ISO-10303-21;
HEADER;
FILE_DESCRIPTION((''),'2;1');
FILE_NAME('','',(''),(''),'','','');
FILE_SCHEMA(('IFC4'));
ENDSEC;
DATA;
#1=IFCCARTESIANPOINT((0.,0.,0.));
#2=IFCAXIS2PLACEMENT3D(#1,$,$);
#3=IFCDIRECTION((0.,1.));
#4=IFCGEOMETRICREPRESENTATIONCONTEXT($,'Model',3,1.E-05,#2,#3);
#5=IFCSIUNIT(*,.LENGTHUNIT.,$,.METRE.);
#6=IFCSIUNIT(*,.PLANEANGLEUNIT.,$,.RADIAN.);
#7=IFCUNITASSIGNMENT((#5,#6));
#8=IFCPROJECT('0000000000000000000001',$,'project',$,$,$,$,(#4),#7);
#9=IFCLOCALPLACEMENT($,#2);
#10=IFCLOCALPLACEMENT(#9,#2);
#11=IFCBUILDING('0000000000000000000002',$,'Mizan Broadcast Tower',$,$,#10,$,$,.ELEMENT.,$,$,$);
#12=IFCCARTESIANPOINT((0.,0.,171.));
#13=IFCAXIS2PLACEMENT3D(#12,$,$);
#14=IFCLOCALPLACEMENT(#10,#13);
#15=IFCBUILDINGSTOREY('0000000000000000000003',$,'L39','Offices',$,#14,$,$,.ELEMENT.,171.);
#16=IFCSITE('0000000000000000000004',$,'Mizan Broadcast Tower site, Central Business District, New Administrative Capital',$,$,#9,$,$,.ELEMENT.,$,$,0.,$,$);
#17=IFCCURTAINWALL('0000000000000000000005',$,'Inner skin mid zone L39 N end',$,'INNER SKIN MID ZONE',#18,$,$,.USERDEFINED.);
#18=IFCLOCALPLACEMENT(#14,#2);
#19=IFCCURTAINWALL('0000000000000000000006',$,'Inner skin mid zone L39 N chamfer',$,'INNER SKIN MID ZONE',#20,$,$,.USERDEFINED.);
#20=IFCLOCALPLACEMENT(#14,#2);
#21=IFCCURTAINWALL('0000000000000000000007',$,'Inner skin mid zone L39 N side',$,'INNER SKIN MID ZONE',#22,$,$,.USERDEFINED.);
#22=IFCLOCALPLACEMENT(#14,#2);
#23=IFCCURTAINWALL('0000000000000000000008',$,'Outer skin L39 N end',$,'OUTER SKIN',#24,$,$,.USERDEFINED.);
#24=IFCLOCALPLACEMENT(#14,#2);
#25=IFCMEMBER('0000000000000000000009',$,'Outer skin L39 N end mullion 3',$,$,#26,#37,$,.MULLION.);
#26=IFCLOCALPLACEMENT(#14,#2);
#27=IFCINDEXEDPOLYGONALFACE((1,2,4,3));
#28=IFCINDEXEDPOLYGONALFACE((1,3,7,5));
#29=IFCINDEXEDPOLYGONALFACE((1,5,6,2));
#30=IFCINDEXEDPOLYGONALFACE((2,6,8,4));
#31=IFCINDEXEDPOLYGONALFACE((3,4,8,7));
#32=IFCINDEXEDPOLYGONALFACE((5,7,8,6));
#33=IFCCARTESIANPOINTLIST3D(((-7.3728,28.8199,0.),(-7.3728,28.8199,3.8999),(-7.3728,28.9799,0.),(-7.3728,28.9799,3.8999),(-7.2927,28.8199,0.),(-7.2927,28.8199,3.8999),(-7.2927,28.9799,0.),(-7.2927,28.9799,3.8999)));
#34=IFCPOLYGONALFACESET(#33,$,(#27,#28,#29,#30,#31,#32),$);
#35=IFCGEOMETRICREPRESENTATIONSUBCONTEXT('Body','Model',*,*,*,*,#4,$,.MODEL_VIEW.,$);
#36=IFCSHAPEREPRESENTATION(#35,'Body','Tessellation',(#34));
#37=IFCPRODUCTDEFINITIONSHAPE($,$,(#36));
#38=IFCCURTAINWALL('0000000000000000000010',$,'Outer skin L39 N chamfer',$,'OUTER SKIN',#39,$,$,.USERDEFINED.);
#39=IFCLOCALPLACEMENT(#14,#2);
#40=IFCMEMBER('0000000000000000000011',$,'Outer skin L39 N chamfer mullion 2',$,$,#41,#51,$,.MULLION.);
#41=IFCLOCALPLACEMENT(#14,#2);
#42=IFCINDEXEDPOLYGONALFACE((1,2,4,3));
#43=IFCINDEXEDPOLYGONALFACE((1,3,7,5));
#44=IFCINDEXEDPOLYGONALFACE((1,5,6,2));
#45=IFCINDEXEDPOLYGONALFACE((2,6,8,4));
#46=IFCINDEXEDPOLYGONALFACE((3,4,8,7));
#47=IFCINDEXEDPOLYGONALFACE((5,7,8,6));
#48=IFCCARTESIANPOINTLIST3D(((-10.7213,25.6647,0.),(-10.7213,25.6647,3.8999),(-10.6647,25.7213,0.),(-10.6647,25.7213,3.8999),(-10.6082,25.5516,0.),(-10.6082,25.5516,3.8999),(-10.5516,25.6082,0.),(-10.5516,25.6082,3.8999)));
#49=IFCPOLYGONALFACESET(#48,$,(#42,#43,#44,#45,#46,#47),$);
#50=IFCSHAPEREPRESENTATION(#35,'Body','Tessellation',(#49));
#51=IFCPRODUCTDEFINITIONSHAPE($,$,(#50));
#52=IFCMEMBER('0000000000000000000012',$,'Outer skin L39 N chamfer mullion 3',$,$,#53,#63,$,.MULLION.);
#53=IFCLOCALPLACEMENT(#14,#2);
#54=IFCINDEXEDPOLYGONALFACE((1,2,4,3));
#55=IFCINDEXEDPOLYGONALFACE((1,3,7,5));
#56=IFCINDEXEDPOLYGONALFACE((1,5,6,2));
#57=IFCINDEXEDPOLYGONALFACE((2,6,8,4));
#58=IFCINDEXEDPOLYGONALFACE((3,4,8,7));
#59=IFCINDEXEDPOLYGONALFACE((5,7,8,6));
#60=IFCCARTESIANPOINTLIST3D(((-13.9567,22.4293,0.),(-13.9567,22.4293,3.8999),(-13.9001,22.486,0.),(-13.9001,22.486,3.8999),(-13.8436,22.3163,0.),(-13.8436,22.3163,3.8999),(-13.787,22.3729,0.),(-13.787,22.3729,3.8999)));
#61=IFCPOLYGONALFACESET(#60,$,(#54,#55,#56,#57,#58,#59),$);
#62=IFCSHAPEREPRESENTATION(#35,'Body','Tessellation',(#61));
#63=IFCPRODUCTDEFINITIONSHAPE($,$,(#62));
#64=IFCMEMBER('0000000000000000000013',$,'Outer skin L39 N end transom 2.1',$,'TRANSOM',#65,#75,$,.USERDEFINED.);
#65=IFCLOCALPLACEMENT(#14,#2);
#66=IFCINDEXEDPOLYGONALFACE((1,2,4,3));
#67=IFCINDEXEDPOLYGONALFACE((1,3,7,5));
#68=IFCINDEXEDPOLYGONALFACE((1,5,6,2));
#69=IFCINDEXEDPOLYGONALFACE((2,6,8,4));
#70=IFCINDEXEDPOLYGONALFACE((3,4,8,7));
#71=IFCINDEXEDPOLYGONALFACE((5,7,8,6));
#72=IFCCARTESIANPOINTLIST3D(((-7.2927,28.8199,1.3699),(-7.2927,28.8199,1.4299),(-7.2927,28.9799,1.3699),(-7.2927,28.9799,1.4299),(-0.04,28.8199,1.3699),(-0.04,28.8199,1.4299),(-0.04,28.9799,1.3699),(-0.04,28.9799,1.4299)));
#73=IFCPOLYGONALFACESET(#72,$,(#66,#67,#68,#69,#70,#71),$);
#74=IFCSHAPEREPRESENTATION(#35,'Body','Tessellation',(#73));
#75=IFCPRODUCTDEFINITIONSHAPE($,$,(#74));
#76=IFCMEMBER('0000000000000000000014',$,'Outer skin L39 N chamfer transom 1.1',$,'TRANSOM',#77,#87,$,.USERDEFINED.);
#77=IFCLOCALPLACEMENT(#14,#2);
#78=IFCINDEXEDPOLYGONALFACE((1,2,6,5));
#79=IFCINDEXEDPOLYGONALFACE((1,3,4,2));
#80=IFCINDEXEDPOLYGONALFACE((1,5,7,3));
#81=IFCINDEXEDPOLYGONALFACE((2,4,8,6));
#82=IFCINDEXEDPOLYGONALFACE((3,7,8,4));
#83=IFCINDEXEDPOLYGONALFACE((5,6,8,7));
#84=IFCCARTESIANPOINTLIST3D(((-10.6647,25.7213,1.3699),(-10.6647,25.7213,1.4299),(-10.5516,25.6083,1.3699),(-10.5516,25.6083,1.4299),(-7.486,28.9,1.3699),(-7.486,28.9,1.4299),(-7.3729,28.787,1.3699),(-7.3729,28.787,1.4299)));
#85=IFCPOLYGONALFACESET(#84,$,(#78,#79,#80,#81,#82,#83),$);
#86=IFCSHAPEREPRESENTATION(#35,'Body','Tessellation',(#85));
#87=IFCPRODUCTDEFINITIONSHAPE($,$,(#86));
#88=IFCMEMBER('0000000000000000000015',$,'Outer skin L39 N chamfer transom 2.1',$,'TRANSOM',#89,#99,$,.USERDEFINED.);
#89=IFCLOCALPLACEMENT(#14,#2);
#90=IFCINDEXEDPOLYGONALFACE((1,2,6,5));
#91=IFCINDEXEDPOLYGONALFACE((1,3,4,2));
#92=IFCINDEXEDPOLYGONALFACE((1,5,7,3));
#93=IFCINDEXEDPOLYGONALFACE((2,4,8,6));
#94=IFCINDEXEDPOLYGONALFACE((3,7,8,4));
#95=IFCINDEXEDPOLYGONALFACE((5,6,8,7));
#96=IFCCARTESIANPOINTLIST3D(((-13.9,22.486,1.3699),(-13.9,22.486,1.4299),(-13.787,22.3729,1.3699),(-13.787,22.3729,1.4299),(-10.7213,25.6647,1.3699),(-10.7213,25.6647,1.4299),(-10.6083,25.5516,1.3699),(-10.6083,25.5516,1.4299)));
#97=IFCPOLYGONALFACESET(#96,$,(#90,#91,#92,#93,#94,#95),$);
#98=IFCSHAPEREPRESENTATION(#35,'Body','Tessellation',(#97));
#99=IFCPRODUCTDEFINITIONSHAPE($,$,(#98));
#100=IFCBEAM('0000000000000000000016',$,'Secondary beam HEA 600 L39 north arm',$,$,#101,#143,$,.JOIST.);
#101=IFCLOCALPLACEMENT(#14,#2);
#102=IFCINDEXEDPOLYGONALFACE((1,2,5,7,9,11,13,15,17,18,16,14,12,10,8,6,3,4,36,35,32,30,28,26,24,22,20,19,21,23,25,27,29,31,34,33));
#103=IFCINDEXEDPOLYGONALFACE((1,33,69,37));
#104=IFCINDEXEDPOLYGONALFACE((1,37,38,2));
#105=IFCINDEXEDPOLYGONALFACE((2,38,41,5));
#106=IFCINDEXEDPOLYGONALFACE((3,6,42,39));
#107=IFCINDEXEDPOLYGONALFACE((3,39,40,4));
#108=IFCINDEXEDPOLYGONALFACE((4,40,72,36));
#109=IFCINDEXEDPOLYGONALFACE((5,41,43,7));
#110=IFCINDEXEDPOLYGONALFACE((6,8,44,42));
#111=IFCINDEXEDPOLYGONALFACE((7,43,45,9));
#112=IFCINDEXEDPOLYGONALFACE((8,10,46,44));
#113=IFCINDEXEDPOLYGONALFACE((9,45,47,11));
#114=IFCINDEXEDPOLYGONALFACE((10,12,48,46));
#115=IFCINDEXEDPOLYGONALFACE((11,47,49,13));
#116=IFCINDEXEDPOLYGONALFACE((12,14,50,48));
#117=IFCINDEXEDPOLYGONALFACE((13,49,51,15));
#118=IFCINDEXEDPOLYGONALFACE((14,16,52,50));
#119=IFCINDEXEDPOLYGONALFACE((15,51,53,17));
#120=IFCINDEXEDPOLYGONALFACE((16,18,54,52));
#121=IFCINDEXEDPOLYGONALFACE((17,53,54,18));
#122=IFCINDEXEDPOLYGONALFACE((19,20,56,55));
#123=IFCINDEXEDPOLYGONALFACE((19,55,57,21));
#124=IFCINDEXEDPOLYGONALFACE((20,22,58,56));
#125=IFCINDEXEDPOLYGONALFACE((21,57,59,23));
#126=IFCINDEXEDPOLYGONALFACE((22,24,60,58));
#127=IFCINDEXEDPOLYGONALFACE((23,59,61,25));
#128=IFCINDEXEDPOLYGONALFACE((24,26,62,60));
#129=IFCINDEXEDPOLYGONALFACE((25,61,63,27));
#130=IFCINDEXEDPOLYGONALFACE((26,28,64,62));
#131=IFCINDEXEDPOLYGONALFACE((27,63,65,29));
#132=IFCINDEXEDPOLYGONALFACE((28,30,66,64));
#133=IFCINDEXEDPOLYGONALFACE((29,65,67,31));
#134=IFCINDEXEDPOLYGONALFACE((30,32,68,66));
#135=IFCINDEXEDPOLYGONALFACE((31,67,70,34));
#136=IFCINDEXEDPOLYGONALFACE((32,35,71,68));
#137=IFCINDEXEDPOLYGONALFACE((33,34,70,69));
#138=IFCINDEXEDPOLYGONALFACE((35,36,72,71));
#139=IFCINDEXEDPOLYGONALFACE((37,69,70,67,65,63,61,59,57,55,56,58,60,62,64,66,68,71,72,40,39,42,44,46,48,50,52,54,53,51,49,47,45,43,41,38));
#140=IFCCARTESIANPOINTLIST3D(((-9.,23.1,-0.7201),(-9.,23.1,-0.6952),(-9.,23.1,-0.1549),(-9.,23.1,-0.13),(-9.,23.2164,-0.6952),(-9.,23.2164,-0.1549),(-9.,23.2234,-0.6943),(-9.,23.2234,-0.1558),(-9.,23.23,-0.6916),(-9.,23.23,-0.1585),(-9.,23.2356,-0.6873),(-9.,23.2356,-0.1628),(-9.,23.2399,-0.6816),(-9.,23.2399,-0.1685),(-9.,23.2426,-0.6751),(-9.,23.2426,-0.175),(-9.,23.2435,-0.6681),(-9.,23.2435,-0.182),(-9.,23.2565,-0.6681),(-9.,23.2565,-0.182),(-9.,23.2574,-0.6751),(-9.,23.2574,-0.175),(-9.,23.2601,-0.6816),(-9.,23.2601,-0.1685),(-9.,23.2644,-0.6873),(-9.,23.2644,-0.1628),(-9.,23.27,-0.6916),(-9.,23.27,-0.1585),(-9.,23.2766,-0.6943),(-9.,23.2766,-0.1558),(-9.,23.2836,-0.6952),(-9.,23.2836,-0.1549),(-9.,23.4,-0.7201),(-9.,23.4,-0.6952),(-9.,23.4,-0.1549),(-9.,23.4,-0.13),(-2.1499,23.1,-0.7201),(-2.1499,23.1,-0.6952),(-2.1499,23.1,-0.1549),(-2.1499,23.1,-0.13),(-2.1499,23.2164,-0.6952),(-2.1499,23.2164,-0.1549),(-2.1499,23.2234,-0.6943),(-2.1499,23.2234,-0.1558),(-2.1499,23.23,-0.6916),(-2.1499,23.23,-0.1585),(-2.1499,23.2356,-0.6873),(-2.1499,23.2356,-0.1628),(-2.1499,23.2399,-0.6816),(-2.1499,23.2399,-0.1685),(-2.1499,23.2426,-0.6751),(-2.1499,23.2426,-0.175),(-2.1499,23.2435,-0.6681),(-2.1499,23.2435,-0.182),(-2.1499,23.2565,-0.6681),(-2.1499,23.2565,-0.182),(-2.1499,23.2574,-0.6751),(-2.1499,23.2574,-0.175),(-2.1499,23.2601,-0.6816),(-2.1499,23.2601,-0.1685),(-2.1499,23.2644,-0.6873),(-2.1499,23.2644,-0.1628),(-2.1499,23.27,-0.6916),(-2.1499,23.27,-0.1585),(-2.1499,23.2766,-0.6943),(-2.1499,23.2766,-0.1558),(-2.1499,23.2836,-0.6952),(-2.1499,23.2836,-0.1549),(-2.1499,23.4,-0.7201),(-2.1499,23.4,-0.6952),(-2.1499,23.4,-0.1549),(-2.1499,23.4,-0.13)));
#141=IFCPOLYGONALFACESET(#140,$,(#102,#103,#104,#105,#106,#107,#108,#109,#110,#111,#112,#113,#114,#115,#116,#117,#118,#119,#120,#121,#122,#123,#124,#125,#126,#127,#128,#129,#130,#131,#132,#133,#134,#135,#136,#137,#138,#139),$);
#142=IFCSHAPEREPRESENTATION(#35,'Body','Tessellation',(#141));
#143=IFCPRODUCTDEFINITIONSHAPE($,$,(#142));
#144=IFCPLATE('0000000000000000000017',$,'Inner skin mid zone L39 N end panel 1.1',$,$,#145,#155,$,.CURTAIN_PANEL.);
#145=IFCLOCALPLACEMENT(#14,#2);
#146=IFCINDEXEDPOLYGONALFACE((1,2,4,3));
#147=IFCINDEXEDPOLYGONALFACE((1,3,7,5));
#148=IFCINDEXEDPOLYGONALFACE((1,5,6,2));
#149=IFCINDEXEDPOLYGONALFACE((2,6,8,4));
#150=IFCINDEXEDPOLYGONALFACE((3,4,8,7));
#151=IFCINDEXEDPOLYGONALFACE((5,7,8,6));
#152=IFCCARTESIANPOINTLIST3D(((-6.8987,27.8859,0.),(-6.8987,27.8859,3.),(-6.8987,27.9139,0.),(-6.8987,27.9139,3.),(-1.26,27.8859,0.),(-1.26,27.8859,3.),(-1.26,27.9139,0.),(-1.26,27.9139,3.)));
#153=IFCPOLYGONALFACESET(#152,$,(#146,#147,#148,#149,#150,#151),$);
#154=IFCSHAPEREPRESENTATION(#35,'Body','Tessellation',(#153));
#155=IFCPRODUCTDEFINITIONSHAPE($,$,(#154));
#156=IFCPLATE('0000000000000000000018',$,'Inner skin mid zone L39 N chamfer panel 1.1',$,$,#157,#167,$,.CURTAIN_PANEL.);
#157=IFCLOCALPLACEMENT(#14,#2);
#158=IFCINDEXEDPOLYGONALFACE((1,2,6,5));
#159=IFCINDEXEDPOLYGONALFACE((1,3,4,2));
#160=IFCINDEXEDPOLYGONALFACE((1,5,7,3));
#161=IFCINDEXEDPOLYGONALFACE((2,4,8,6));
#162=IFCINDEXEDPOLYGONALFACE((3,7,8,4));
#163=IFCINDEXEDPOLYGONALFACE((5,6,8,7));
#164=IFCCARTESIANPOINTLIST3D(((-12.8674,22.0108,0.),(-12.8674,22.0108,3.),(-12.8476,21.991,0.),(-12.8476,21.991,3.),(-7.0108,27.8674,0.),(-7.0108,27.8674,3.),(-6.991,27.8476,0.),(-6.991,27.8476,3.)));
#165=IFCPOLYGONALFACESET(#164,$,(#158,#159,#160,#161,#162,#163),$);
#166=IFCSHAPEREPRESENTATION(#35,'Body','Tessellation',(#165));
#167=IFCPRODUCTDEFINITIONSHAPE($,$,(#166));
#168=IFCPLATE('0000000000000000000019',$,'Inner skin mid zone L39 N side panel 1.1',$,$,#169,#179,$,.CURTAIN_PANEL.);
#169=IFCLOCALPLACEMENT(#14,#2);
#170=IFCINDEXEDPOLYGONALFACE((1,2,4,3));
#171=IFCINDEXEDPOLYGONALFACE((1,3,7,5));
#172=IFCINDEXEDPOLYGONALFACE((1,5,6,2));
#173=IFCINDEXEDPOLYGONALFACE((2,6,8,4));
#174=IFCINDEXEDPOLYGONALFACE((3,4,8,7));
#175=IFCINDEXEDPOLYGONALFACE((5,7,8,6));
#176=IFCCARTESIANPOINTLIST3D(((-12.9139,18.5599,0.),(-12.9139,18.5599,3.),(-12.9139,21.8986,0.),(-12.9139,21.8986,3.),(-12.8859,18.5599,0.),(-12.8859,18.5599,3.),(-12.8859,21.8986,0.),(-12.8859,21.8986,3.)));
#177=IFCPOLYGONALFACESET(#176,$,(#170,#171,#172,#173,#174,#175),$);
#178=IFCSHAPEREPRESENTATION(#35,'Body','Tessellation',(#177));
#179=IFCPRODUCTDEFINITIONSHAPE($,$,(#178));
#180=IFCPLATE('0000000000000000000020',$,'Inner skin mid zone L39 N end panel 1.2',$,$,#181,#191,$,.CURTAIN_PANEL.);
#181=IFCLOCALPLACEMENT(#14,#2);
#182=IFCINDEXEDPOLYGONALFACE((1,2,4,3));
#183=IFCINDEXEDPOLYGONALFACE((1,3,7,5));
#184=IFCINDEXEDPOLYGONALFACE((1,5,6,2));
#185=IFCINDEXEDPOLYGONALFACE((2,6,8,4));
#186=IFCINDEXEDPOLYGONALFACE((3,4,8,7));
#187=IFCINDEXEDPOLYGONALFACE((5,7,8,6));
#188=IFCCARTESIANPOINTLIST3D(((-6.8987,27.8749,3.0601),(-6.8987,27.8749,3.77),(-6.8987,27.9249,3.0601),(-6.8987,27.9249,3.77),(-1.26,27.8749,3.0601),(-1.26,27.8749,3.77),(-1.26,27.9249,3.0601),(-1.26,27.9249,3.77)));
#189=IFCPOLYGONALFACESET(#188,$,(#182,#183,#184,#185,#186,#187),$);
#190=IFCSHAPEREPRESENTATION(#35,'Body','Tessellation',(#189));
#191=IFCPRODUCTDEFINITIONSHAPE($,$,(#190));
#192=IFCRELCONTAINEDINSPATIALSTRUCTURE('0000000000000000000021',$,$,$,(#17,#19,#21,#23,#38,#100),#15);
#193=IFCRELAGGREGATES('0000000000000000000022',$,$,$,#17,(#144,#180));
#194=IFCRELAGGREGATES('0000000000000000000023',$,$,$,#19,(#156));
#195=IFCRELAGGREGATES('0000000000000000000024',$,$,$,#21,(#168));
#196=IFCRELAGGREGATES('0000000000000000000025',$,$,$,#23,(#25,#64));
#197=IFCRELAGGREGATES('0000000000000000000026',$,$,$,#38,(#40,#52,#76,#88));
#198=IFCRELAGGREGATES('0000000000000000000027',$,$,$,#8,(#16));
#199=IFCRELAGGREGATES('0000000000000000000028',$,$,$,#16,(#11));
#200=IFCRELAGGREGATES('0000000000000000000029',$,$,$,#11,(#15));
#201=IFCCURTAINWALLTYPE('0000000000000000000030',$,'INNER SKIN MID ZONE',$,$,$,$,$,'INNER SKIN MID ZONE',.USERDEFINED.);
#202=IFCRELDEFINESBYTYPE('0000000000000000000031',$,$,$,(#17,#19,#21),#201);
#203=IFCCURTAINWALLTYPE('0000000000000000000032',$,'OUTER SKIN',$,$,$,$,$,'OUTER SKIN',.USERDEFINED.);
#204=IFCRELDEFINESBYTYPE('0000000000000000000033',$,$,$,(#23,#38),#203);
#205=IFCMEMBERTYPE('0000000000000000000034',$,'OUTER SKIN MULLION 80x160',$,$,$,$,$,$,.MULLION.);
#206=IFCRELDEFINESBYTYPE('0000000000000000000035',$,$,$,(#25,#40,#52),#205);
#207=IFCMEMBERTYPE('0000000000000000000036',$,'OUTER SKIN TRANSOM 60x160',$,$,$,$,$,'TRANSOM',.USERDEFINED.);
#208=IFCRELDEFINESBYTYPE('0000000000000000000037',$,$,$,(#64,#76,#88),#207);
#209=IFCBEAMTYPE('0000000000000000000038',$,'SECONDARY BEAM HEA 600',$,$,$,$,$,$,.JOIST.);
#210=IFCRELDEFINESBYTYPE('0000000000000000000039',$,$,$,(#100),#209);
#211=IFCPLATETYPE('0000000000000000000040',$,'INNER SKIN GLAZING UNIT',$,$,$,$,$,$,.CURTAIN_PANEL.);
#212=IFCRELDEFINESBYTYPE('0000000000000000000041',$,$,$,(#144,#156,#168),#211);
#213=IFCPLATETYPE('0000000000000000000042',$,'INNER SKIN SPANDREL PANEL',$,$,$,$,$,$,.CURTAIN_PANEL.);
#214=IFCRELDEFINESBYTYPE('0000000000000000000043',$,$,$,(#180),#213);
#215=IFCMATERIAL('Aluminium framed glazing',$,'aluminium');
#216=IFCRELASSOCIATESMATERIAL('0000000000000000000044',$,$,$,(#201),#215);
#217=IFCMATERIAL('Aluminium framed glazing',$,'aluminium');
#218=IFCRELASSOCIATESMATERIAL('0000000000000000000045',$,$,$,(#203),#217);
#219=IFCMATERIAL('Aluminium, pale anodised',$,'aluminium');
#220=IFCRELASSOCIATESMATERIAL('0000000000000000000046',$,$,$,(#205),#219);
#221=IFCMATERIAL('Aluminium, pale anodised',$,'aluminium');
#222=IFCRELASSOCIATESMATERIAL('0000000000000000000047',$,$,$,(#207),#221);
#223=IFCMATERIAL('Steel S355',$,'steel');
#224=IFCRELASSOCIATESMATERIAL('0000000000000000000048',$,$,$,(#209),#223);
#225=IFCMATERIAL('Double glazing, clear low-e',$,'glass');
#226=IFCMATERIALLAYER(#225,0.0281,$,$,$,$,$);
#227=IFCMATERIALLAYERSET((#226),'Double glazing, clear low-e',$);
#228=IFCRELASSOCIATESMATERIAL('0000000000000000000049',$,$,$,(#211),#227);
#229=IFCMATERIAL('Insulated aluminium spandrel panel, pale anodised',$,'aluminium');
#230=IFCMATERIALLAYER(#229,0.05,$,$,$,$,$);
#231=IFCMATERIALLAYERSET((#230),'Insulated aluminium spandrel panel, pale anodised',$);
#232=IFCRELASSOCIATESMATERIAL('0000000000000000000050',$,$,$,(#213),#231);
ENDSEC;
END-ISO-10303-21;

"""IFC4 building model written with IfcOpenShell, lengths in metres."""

from ifc_helpers import new_model, si_unit, direction, frame, origin, origin_2d, place, context, subcontext, project, spatial, rectangle, i_section, extrude, material, layer, layer_set, material_profile, profile_set, type_object, element, aggregate, save


model = new_model("IFC4")

# Units and contexts
model_context = context("Model", 3, precision=1e-05, world=origin(), true_north=direction((0.0, 1.0)))
body_context = subcontext(model_context, "Body", "Model", "MODEL_VIEW")
ifc_project = project(units=[si_unit("LENGTHUNIT", "METRE"), si_unit("PLANEANGLEUNIT", "RADIAN")], contexts=[model_context])

# Site, building, storey
site_placement = place(None, origin())
site = spatial("IfcSite", under=ifc_project, at=site_placement, Name="Mizan Broadcast Tower site, Central Business District, New Administrative Capital", CompositionType="ELEMENT", RefElevation=0.0)
building_placement = place(site_placement, origin())
building = spatial("IfcBuilding", under=site, at=building_placement, Name="Mizan Broadcast Tower", CompositionType="ELEMENT")
storey_placement = place(building_placement, frame((0.0, 0.0, 171.0)))
storey = spatial("IfcBuildingStorey", under=building, at=storey_placement, Name="L39", Description="Offices", CompositionType="ELEMENT", Elevation=171.0)

# Curtain wall
ifc_material_1 = material(Name="Aluminium framed glazing", Category="aluminium")
curtain_wall_type_1 = type_object("IfcCurtainWallType", Name="INNER SKIN MID ZONE", ElementType="INNER SKIN MID ZONE", PredefinedType="USERDEFINED", material=ifc_material_1)
curtain_wall_1_placement = place(storey_placement, origin())
curtain_wall_1 = element("IfcCurtainWall", 1, at=curtain_wall_1_placement, inside=storey, type_object=curtain_wall_type_1, Name="Inner skin mid zone L39 N end", ObjectType="INNER SKIN MID ZONE", PredefinedType="USERDEFINED")

# Curtain wall
curtain_wall_2_placement = place(storey_placement, origin())
curtain_wall_2 = element("IfcCurtainWall", 2, at=curtain_wall_2_placement, inside=storey, type_object=curtain_wall_type_1, Name="Inner skin mid zone L39 N chamfer", ObjectType="INNER SKIN MID ZONE", PredefinedType="USERDEFINED")

# Curtain walls, member
curtain_wall_3_placement = place(storey_placement, origin())
curtain_wall_3 = element("IfcCurtainWall", 3, at=curtain_wall_3_placement, inside=storey, type_object=curtain_wall_type_1, Name="Inner skin mid zone L39 N side", ObjectType="INNER SKIN MID ZONE", PredefinedType="USERDEFINED")
ifc_material_2 = material(Name="Aluminium framed glazing", Category="aluminium")
curtain_wall_type_2 = type_object("IfcCurtainWallType", Name="OUTER SKIN", ElementType="OUTER SKIN", PredefinedType="USERDEFINED", material=ifc_material_2)
curtain_wall_4_placement = place(storey_placement, origin())
curtain_wall_4 = element("IfcCurtainWall", 4, at=curtain_wall_4_placement, inside=storey, type_object=curtain_wall_type_2, Name="Outer skin L39 N end", ObjectType="OUTER SKIN", PredefinedType="USERDEFINED")
ifc_material_3 = material(Name="Aluminium, pale anodised", Category="aluminium")
ifc_material_profile_1 = material_profile(ifc_material_3, rectangle(XDim=0.1599, YDim=0.0801, at=origin_2d()), Name="MULLION 160x80")
ifc_profile_set_1 = profile_set([ifc_material_profile_1], Name="Aluminium, pale anodised")
member_type_1 = type_object("IfcMemberType", Name="OUTER SKIN MULLION 80x160", PredefinedType="MULLION", material=ifc_profile_set_1)
member_1_placement = place(storey_placement, frame((-7.3328, 28.8999, 0.0), z_axis=(0.0, 0.0, 1.0), x_axis=(0.0, -1.0, 0.0)))
member_1 = element("IfcMember", 5, at=member_1_placement, type_object=member_type_1, Name="Outer skin L39 N end mullion 3", PredefinedType="MULLION", context=body_context, shape_type="SweptSolid", body=[
    extrude(rectangle(XDim=0.1599, YDim=0.0801, at=origin_2d()), origin(), (0.0, 0.0, 1.0), 3.8999),
])

# Curtain wall, members
curtain_wall_5_placement = place(storey_placement, origin())
curtain_wall_5 = element("IfcCurtainWall", 6, at=curtain_wall_5_placement, inside=storey, type_object=curtain_wall_type_2, Name="Outer skin L39 N chamfer", ObjectType="OUTER SKIN", PredefinedType="USERDEFINED")
member_2_placement = place(storey_placement, frame((-10.6365, 25.6365, 0.0), z_axis=(0.0, 0.0, 1.0), x_axis=(0.707107, -0.707107, 0.0)))
member_2 = element("IfcMember", 7, at=member_2_placement, type_object=member_type_1, Name="Outer skin L39 N chamfer mullion 2", PredefinedType="MULLION", context=body_context, shape_type="SweptSolid", body=[
    extrude(rectangle(XDim=0.1599, YDim=0.0801, at=origin_2d()), origin(), (0.0, 0.0, 1.0), 3.8999),
])
member_3_placement = place(storey_placement, frame((-13.8718, 22.4011, 0.0), z_axis=(0.0, 0.0, 1.0), x_axis=(0.707107, -0.707107, 0.0)))
member_3 = element("IfcMember", 8, at=member_3_placement, type_object=member_type_1, Name="Outer skin L39 N chamfer mullion 3", PredefinedType="MULLION", context=body_context, shape_type="SweptSolid", body=[
    extrude(rectangle(XDim=0.1599, YDim=0.0801, at=origin_2d()), origin(), (0.0, 0.0, 1.0), 3.8999),
])

# Members
ifc_material_4 = material(Name="Aluminium, pale anodised", Category="aluminium")
ifc_material_profile_2 = material_profile(ifc_material_4, rectangle(XDim=0.1599, YDim=0.0601, at=origin_2d()), Name="TRANSOM 160x60")
ifc_profile_set_2 = profile_set([ifc_material_profile_2], Name="Aluminium, pale anodised")
member_type_2 = type_object("IfcMemberType", Name="OUTER SKIN TRANSOM 60x160", ElementType="TRANSOM", PredefinedType="USERDEFINED", material=ifc_profile_set_2)
member_4_placement = place(storey_placement, frame((-0.04, 28.8999, 1.3999), z_axis=(-1.0, 0.0, 0.0), x_axis=(0.0, -1.0, 0.0)))
member_4 = element("IfcMember", 9, at=member_4_placement, type_object=member_type_2, Name="Outer skin L39 N end transom 2.1", ObjectType="TRANSOM", PredefinedType="USERDEFINED", context=body_context, shape_type="SweptSolid", body=[
    extrude(rectangle(XDim=0.1599, YDim=0.0601, at=origin_2d()), origin(), (0.0, 0.0, 1.0), 7.2527),
])
member_5_placement = place(storey_placement, frame((-7.4294, 28.8435, 1.3999), z_axis=(-0.707107, -0.707107, 0.0), x_axis=(0.707107, -0.707107, 0.0)))
member_5 = element("IfcMember", 10, at=member_5_placement, type_object=member_type_2, Name="Outer skin L39 N chamfer transom 1.1", ObjectType="TRANSOM", PredefinedType="USERDEFINED", context=body_context, shape_type="SweptSolid", body=[
    extrude(rectangle(XDim=0.1599, YDim=0.0601, at=origin_2d()), origin(), (0.0, 0.0, 1.0), 4.4954),
])
member_6_placement = place(storey_placement, frame((-10.6648, 25.6082, 1.3999), z_axis=(-0.707107, -0.707107, 0.0), x_axis=(0.707107, -0.707107, 0.0)))
member_6 = element("IfcMember", 11, at=member_6_placement, type_object=member_type_2, Name="Outer skin L39 N chamfer transom 2.1", ObjectType="TRANSOM", PredefinedType="USERDEFINED", context=body_context, shape_type="SweptSolid", body=[
    extrude(rectangle(XDim=0.1599, YDim=0.0601, at=origin_2d()), origin(), (0.0, 0.0, 1.0), 4.4954),
])

# Beam
ifc_material_5 = material(Name="Steel S355", Category="steel")
ifc_material_profile_3 = material_profile(ifc_material_5, i_section(OverallWidth=0.3, OverallDepth=0.5901, WebThickness=0.0129, FlangeThickness=0.0249, FilletRadius=0.0271, at=origin_2d()), Name="HEA 600")
ifc_profile_set_3 = profile_set([ifc_material_profile_3], Name="Steel S355")
beam_type_1 = type_object("IfcBeamType", Name="SECONDARY BEAM HEA 600", PredefinedType="JOIST", material=ifc_profile_set_3)
beam_1_placement = place(storey_placement, frame((-9.0, 23.25, -0.425), z_axis=(1.0, 0.0, 0.0), x_axis=(0.0, 1.0, 0.0)))
element("IfcBeam", 12, at=beam_1_placement, inside=storey, type_object=beam_type_1, Name="Secondary beam HEA 600 L39 north arm", PredefinedType="JOIST", context=body_context, shape_type="SweptSolid", body=[
    extrude(i_section(OverallWidth=0.3, OverallDepth=0.5901, WebThickness=0.0129, FlangeThickness=0.0249, FilletRadius=0.0271, at=origin_2d()), origin(), (0.0, 0.0, 1.0), 6.8501),
])

# Plates
ifc_material_6 = material(Name="Double glazing, clear low-e", Category="glass")
ifc_layer_1 = layer(ifc_material_6, 0.0281)
ifc_layer_set_1 = layer_set([ifc_layer_1], Name="Double glazing, clear low-e")
plate_type_1 = type_object("IfcPlateType", Name="INNER SKIN GLAZING UNIT", PredefinedType="CURTAIN_PANEL", material=ifc_layer_set_1)
plate_1_placement = place(storey_placement, frame((-4.0793, 27.8999, 0.0), z_axis=(0.0, 0.0, 1.0), x_axis=(-1.0, 0.0, 0.0)))
plate_1 = element("IfcPlate", 13, at=plate_1_placement, type_object=plate_type_1, Name="Inner skin mid zone L39 N end panel 1.1", PredefinedType="CURTAIN_PANEL", context=body_context, shape_type="SweptSolid", body=[
    extrude(rectangle(XDim=5.6387, YDim=0.0281, at=origin_2d()), origin(), (0.0, 0.0, 1.0), 3.0),
])
plate_2_placement = place(storey_placement, frame((-9.9292, 24.9292, 0.0), z_axis=(0.0, 0.0, 1.0), x_axis=(-0.707107, -0.707107, 0.0)))
plate_2 = element("IfcPlate", 14, at=plate_2_placement, type_object=plate_type_1, Name="Inner skin mid zone L39 N chamfer panel 1.1", PredefinedType="CURTAIN_PANEL", context=body_context, shape_type="SweptSolid", body=[
    extrude(rectangle(XDim=8.2825, YDim=0.0281, at=origin_2d()), origin(), (0.0, 0.0, 1.0), 3.0),
])
plate_3_placement = place(storey_placement, frame((-12.8999, 20.2292, 0.0), z_axis=(0.0, 0.0, 1.0), x_axis=(0.0, -1.0, 0.0)))
plate_3 = element("IfcPlate", 15, at=plate_3_placement, type_object=plate_type_1, Name="Inner skin mid zone L39 N side panel 1.1", PredefinedType="CURTAIN_PANEL", context=body_context, shape_type="SweptSolid", body=[
    extrude(rectangle(XDim=3.3386, YDim=0.0281, at=origin_2d()), origin(), (0.0, 0.0, 1.0), 3.0),
])
ifc_material_7 = material(Name="Insulated aluminium spandrel panel, pale anodised", Category="aluminium")
ifc_layer_2 = layer(ifc_material_7, 0.05)
ifc_layer_set_2 = layer_set([ifc_layer_2], Name="Insulated aluminium spandrel panel, pale anodised")
plate_type_2 = type_object("IfcPlateType", Name="INNER SKIN SPANDREL PANEL", PredefinedType="CURTAIN_PANEL", material=ifc_layer_set_2)
plate_4_placement = place(storey_placement, frame((-4.0793, 27.8999, 3.0601), z_axis=(0.0, 0.0, 1.0), x_axis=(-1.0, 0.0, 0.0)))
plate_4 = element("IfcPlate", 16, at=plate_4_placement, type_object=plate_type_2, Name="Inner skin mid zone L39 N end panel 1.2", PredefinedType="CURTAIN_PANEL", context=body_context, shape_type="SweptSolid", body=[
    extrude(rectangle(XDim=5.6387, YDim=0.05, at=origin_2d()), origin(), (0.0, 0.0, 1.0), 0.71),
])
aggregate(curtain_wall_1, [plate_1, plate_4])
aggregate(curtain_wall_2, [plate_2])
aggregate(curtain_wall_3, [plate_3])
aggregate(curtain_wall_4, [member_1, member_4])
aggregate(curtain_wall_5, [member_2, member_3, member_5, member_6])

save(model, "model.ifc")
